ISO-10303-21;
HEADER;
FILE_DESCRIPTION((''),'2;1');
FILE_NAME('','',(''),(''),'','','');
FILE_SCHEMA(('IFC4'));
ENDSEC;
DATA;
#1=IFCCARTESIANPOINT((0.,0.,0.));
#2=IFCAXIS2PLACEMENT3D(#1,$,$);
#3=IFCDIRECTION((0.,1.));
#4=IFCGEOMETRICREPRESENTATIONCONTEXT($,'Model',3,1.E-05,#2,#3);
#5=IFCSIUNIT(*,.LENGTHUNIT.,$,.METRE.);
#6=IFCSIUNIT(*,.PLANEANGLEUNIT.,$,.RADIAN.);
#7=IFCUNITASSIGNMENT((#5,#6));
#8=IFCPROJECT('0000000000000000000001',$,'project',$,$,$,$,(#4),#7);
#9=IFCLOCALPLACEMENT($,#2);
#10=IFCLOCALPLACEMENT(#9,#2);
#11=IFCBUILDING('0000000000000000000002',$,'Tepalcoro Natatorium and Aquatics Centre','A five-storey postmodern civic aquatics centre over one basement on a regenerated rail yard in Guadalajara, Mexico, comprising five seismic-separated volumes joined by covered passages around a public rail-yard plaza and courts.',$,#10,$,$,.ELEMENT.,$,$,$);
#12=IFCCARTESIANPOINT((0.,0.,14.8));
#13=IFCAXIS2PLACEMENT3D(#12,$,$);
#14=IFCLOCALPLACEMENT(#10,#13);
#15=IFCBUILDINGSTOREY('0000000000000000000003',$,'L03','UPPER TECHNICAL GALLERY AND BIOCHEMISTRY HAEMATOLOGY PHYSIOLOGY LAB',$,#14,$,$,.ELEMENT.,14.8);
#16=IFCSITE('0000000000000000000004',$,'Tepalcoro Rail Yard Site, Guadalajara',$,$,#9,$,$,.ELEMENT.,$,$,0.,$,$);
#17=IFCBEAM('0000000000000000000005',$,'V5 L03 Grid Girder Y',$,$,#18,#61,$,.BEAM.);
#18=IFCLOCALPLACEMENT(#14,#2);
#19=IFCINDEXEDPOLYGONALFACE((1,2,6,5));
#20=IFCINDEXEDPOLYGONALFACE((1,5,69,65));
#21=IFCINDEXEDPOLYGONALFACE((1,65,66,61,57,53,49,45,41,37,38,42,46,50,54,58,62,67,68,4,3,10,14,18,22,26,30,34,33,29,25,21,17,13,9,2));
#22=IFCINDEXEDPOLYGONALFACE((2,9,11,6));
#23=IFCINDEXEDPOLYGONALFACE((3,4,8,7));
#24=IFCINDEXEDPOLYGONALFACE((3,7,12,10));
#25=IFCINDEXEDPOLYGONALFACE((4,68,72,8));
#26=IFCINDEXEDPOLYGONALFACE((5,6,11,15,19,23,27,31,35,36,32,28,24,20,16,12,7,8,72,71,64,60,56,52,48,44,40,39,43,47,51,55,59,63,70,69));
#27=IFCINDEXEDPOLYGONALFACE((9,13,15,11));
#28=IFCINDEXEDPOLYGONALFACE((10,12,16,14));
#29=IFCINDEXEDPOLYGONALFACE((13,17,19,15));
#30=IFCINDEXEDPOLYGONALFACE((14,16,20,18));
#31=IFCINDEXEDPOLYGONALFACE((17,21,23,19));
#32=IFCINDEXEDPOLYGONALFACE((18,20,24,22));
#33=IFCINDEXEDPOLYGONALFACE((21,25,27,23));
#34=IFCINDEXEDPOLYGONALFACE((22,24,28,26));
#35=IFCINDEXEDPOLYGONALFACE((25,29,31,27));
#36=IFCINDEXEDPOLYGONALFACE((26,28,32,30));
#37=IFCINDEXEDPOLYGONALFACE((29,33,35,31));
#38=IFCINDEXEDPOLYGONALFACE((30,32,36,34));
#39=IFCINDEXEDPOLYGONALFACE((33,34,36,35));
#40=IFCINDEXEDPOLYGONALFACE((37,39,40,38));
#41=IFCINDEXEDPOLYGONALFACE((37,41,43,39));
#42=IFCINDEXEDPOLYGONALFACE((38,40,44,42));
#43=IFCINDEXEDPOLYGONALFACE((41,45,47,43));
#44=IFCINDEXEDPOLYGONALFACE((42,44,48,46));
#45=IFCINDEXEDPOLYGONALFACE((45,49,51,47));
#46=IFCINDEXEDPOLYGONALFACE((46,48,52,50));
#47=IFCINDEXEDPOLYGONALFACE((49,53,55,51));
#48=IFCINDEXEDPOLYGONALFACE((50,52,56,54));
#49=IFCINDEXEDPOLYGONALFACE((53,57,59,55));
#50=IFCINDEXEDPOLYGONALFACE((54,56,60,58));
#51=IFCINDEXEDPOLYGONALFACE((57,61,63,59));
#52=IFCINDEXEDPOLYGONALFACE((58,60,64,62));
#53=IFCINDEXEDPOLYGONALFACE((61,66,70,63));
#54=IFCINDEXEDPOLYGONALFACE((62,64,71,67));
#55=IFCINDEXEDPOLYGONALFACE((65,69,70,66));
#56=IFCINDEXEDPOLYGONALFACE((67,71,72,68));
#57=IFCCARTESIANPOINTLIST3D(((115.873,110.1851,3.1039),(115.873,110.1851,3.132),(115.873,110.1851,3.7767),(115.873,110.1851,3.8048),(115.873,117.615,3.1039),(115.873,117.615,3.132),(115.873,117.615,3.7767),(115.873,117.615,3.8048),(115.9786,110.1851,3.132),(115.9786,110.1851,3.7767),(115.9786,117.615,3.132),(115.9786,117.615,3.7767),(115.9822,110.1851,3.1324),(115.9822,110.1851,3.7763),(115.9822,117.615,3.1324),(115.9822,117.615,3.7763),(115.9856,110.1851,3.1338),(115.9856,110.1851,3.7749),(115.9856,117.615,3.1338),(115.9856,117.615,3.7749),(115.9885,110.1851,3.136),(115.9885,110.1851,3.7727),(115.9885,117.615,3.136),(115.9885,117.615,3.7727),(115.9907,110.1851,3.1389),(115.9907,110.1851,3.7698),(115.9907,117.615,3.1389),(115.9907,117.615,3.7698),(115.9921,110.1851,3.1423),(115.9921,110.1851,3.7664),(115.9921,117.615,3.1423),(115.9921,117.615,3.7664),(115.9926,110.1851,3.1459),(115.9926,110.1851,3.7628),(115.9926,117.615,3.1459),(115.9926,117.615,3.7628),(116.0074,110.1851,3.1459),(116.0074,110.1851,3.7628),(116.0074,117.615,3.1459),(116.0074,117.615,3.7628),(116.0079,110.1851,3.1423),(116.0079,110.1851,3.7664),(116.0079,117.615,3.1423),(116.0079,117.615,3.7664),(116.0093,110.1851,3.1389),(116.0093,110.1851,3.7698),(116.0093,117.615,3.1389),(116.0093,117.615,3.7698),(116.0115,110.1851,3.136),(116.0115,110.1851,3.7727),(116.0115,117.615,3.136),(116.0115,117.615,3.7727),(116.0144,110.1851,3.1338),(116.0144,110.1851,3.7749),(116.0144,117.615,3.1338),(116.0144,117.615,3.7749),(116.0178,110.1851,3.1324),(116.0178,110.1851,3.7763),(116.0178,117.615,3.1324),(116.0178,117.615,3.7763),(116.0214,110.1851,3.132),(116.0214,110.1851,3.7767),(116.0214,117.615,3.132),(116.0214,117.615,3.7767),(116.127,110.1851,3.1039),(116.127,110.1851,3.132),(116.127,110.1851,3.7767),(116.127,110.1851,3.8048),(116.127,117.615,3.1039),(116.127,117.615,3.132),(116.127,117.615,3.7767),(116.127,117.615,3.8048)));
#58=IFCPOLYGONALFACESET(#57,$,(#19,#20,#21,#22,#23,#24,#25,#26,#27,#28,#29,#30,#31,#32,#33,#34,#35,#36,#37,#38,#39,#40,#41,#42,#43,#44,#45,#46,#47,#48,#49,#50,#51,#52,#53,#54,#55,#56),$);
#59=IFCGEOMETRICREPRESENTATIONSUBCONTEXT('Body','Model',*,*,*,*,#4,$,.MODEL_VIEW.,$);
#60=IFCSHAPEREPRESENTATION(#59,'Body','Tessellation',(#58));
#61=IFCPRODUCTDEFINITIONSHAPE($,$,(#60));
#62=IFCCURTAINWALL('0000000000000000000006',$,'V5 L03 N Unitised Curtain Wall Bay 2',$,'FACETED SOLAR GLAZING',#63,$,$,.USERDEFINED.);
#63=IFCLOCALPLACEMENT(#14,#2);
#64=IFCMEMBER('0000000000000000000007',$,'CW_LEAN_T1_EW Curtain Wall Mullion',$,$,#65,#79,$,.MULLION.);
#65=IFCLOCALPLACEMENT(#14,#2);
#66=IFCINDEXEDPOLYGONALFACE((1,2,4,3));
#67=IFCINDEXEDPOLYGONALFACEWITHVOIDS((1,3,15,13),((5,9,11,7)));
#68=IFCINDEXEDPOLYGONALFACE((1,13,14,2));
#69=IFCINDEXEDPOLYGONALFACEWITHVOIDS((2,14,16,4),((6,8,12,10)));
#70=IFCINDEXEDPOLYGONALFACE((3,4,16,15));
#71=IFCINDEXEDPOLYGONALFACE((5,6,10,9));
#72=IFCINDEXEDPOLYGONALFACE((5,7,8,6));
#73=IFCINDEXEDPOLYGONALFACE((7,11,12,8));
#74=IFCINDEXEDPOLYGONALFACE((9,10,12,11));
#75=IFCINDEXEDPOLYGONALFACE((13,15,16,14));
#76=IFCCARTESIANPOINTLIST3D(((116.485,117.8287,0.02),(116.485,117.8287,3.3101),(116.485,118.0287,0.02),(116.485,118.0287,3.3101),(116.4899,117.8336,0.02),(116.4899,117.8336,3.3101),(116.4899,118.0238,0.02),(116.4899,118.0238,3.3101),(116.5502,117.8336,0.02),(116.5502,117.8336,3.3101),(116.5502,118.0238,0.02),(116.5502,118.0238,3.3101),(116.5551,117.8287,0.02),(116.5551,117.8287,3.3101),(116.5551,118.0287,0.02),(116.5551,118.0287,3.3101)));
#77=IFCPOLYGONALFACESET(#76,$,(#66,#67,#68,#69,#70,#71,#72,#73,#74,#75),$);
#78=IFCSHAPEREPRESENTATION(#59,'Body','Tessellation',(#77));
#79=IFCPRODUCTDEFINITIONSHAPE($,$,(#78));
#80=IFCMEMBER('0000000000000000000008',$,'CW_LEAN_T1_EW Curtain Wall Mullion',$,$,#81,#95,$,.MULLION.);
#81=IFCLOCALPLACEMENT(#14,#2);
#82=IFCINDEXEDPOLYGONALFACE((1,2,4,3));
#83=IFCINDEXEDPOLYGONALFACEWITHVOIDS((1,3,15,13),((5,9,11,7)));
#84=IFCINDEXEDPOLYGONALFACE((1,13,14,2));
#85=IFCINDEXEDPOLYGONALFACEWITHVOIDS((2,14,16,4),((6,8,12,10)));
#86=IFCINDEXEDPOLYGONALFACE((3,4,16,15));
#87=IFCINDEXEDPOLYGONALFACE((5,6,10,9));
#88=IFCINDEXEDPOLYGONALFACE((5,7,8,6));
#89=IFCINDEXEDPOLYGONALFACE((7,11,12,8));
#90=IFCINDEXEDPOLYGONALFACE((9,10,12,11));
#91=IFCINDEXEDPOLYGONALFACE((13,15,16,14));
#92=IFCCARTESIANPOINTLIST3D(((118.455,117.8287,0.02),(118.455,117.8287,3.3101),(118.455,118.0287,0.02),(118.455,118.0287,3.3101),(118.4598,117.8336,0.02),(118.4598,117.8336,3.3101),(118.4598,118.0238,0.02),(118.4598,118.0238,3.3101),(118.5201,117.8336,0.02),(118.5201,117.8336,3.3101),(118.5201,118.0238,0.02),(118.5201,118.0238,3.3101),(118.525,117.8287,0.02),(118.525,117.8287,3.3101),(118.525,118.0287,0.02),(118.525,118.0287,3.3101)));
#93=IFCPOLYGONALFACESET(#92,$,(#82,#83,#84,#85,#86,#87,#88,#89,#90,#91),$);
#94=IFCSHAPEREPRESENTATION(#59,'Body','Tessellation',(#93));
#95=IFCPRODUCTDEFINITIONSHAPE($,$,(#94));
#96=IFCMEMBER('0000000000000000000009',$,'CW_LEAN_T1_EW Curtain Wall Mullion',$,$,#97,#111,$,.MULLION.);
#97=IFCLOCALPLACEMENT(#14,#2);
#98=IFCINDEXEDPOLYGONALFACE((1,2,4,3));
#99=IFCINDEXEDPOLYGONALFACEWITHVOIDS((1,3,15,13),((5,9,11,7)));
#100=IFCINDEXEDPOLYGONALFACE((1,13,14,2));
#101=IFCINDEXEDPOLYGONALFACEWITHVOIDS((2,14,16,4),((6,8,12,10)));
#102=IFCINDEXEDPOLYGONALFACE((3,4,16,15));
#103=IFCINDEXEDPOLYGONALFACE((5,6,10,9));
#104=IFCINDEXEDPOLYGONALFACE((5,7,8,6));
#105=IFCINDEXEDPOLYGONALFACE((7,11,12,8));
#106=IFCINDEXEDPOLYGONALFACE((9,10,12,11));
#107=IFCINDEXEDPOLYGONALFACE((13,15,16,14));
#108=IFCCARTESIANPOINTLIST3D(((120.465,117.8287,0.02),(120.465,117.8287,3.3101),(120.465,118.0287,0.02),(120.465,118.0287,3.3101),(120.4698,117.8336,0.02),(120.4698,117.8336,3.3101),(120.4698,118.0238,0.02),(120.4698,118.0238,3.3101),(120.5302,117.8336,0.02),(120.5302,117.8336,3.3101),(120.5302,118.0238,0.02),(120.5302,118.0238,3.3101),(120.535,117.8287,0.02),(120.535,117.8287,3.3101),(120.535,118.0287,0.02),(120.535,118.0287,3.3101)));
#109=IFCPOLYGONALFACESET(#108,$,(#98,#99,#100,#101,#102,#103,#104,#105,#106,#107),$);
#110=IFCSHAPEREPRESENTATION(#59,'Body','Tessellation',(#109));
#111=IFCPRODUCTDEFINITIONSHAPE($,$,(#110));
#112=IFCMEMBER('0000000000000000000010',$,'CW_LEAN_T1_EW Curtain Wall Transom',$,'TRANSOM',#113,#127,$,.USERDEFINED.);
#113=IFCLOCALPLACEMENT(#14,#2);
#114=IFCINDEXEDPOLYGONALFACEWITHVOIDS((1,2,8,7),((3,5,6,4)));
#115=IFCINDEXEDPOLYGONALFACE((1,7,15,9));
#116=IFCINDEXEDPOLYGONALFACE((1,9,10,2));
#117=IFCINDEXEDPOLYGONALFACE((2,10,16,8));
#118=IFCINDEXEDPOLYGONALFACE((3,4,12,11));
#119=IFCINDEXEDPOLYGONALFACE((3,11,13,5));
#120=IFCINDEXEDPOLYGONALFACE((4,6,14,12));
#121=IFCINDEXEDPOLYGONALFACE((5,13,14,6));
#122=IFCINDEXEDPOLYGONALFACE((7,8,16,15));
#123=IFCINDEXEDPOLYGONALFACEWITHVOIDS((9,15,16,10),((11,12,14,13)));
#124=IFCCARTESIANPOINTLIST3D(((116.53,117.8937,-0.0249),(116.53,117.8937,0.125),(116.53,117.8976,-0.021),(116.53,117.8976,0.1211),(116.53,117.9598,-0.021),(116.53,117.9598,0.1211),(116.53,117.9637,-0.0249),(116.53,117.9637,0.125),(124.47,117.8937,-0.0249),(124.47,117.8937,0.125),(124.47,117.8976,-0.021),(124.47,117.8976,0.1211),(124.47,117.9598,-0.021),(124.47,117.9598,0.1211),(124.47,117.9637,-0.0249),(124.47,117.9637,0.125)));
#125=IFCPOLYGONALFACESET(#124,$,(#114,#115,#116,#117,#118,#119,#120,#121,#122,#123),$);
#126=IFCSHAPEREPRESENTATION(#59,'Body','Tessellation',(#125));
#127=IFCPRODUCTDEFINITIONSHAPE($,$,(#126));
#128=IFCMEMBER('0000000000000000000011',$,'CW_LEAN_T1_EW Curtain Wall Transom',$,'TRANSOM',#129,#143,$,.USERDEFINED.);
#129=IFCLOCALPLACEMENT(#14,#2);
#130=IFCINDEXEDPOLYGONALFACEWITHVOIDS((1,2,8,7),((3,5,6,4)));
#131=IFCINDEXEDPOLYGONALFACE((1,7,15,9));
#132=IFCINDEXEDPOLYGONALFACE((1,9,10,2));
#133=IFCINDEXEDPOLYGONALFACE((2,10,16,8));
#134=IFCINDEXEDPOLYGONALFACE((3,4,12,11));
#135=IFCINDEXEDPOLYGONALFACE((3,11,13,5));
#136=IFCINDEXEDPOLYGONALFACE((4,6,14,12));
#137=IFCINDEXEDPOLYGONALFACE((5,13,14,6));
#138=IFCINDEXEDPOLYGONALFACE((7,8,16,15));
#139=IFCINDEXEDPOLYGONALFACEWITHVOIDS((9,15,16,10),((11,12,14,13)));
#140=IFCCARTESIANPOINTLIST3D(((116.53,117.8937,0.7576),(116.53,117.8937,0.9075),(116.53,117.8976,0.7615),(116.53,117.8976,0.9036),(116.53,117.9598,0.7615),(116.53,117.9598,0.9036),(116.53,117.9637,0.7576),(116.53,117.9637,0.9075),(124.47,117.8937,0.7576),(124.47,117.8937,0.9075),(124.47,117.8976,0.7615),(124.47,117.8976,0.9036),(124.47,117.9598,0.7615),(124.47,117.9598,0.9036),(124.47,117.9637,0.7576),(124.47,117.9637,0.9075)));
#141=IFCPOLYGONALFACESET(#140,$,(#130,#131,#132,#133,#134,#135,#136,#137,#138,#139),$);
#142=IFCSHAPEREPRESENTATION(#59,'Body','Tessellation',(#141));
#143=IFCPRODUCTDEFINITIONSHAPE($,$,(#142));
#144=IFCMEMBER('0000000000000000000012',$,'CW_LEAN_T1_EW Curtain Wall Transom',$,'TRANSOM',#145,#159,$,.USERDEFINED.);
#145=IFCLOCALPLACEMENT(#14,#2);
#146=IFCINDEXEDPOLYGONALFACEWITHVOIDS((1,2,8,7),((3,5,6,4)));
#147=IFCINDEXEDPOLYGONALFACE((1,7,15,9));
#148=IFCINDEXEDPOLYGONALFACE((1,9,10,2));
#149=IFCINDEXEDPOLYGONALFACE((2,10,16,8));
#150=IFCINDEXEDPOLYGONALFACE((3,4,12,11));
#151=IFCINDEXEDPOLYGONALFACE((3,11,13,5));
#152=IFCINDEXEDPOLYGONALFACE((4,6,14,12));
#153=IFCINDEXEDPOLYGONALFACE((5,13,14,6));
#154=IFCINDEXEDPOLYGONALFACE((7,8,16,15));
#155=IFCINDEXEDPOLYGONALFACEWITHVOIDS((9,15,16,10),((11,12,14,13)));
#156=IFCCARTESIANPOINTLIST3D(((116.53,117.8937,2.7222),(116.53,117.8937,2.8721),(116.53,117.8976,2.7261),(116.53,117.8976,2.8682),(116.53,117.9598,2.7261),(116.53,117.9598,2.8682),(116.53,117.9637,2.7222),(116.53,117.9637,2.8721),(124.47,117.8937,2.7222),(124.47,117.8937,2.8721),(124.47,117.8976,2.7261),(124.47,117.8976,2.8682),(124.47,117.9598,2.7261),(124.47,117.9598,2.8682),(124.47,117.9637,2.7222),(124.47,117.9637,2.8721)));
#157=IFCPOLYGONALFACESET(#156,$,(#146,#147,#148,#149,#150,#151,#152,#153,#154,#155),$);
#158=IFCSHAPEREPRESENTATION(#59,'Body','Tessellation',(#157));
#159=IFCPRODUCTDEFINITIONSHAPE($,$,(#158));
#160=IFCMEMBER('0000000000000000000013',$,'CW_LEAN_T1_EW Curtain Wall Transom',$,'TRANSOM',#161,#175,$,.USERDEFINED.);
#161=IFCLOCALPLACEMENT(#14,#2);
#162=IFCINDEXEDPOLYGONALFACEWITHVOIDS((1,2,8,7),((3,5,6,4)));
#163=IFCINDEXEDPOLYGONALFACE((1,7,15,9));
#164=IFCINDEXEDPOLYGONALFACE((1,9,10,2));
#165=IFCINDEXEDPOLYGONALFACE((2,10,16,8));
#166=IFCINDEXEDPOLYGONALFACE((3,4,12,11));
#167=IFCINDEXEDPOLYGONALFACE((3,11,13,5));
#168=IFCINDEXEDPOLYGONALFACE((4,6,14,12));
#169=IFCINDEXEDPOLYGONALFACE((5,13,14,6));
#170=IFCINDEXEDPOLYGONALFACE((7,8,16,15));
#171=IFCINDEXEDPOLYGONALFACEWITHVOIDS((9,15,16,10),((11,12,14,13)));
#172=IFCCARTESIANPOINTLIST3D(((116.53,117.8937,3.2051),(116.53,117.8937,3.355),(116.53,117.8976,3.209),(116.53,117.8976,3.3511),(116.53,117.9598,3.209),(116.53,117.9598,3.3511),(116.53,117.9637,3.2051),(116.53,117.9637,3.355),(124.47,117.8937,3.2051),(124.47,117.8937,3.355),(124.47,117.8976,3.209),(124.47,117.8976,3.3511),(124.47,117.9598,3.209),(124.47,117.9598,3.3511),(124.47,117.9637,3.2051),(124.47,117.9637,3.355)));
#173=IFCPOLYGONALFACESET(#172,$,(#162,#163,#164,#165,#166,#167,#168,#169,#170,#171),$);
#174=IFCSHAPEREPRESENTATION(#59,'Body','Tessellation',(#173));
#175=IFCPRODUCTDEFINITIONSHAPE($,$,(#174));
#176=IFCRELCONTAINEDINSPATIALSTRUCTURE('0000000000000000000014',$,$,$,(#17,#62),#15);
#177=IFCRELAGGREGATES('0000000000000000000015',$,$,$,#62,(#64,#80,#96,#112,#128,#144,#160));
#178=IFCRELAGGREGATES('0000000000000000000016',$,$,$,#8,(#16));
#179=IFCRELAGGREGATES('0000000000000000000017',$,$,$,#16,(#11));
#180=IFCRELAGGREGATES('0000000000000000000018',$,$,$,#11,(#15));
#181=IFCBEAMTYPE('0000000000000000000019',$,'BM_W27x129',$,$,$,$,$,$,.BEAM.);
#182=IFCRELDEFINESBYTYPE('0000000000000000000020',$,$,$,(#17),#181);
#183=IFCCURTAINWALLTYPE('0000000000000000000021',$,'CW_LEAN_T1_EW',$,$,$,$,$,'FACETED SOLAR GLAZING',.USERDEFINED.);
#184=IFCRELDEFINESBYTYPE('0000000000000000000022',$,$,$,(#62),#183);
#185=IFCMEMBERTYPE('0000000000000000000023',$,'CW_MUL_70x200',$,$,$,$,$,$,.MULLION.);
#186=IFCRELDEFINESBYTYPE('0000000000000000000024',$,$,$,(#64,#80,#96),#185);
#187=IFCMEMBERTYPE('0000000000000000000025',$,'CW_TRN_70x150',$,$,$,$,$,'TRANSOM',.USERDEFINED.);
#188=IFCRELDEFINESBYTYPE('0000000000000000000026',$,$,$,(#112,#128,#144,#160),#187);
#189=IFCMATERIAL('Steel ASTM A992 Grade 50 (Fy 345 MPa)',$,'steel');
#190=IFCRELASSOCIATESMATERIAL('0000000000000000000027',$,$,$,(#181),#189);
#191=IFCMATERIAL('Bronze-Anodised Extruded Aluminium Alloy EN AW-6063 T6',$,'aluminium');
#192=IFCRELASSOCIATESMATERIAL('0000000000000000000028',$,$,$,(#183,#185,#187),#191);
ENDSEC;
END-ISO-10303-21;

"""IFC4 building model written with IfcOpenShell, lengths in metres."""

from ifc_helpers import new_model, si_unit, direction, frame, origin, origin_2d, place, context, subcontext, project, spatial, hollow_rectangle, i_section, extrude, material, material_profile, profile_set, type_object, element, aggregate, save


model = new_model("IFC4")

# Units and contexts
model_context = context("Model", 3, precision=1e-05, world=origin(), true_north=direction((0.0, 1.0)))
body_context = subcontext(model_context, "Body", "Model", "MODEL_VIEW")
ifc_project = project(units=[si_unit("LENGTHUNIT", "METRE"), si_unit("PLANEANGLEUNIT", "RADIAN")], contexts=[model_context])

# Site, building, storey
site_placement = place(None, origin())
site = spatial("IfcSite", under=ifc_project, at=site_placement, Name="Tepalcoro Rail Yard Site, Guadalajara", CompositionType="ELEMENT", RefElevation=0.0)
building_placement = place(site_placement, origin())
building = spatial("IfcBuilding", under=site, at=building_placement, Name="Tepalcoro Natatorium and Aquatics Centre", Description="A five-storey postmodern civic aquatics centre over one basement on a regenerated rail yard in Guadalajara, Mexico, comprising five seismic-separated volumes joined by covered passages around a public rail-yard plaza and courts.", CompositionType="ELEMENT")
storey_placement = place(building_placement, frame((0.0, 0.0, 14.8)))
storey = spatial("IfcBuildingStorey", under=building, at=storey_placement, Name="L03", Description="UPPER TECHNICAL GALLERY AND BIOCHEMISTRY HAEMATOLOGY PHYSIOLOGY LAB", CompositionType="ELEMENT", Elevation=14.8)

# Beam
ifc_material_1 = material(Name="Steel ASTM A992 Grade 50 (Fy 345 MPa)", Category="steel")
ifc_material_profile_1 = material_profile(ifc_material_1, i_section(OverallWidth=0.2539, OverallDepth=0.7009, WebThickness=0.0149, FlangeThickness=0.0281, FilletRadius=0.0139, at=origin_2d()), Name="W27X129")
ifc_profile_set_1 = profile_set([ifc_material_profile_1], Name="Steel ASTM A992 Grade 50 (Fy 345 MPa)")
beam_type_1 = type_object("IfcBeamType", Name="BM_W27x129", PredefinedType="BEAM", material=ifc_profile_set_1)
beam_1_placement = place(storey_placement, frame((116.0, 110.1851, 3.4543), z_axis=(0.0, 1.0, 0.0), x_axis=(-1.0, 0.0, 0.0)))
element("IfcBeam", 1, at=beam_1_placement, inside=storey, type_object=beam_type_1, Name="V5 L03 Grid Girder Y", PredefinedType="BEAM", context=body_context, shape_type="SweptSolid", body=[
    extrude(i_section(OverallWidth=0.2539, OverallDepth=0.7009, WebThickness=0.0149, FlangeThickness=0.0281, FilletRadius=0.0139, at=origin_2d()), origin(), (0.0, 0.0, 1.0), 7.4299),
])

# Curtain wall, members
ifc_material_2 = material(Name="Bronze-Anodised Extruded Aluminium Alloy EN AW-6063 T6", Category="aluminium")
curtain_wall_type = type_object("IfcCurtainWallType", Name="CW_LEAN_T1_EW", ElementType="FACETED SOLAR GLAZING", PredefinedType="USERDEFINED", material=ifc_material_2)
curtain_wall_placement = place(storey_placement, origin())
curtain_wall = element("IfcCurtainWall", 2, at=curtain_wall_placement, inside=storey, type_object=curtain_wall_type, Name="V5 L03 N Unitised Curtain Wall Bay 2", ObjectType="FACETED SOLAR GLAZING", PredefinedType="USERDEFINED")
ifc_material_profile_2 = material_profile(ifc_material_2, hollow_rectangle(XDim=0.0701, YDim=0.2, WallThickness=0.0049, at=origin_2d()), Name="AL70X200X5")
ifc_profile_set_2 = profile_set([ifc_material_profile_2], Name="Bronze-Anodised Extruded Aluminium Alloy EN AW-6063 T6")
member_type_1 = type_object("IfcMemberType", Name="CW_MUL_70x200", PredefinedType="MULLION", material=ifc_profile_set_2)
member_1_placement = place(storey_placement, frame((116.52, 117.9287, 0.02), z_axis=(0.0, 0.0, 1.0), x_axis=(1.0, 0.0, 0.0)))
member_1 = element("IfcMember", 3, at=member_1_placement, type_object=member_type_1, Name="CW_LEAN_T1_EW Curtain Wall Mullion", PredefinedType="MULLION", context=body_context, shape_type="SweptSolid", body=[
    extrude(hollow_rectangle(XDim=0.0701, YDim=0.2, WallThickness=0.0049, at=origin_2d()), origin(), (0.0, 0.0, 1.0), 3.29),
])
member_2_placement = place(storey_placement, frame((118.49, 117.9287, 0.02), z_axis=(0.0, 0.0, 1.0), x_axis=(1.0, 0.0, 0.0)))
member_2 = element("IfcMember", 4, at=member_2_placement, type_object=member_type_1, Name="CW_LEAN_T1_EW Curtain Wall Mullion", PredefinedType="MULLION", context=body_context, shape_type="SweptSolid", body=[
    extrude(hollow_rectangle(XDim=0.0701, YDim=0.2, WallThickness=0.0049, at=origin_2d()), origin(), (0.0, 0.0, 1.0), 3.29),
])
member_3_placement = place(storey_placement, frame((120.5, 117.9287, 0.02), z_axis=(0.0, 0.0, 1.0), x_axis=(1.0, 0.0, 0.0)))
member_3 = element("IfcMember", 5, at=member_3_placement, type_object=member_type_1, Name="CW_LEAN_T1_EW Curtain Wall Mullion", PredefinedType="MULLION", context=body_context, shape_type="SweptSolid", body=[
    extrude(hollow_rectangle(XDim=0.0701, YDim=0.2, WallThickness=0.0049, at=origin_2d()), origin(), (0.0, 0.0, 1.0), 3.29),
])
ifc_material_profile_3 = material_profile(ifc_material_2, hollow_rectangle(XDim=0.0701, YDim=0.1499, WallThickness=0.0039, at=origin_2d()), Name="AL70X150X4")
ifc_profile_set_3 = profile_set([ifc_material_profile_3], Name="Bronze-Anodised Extruded Aluminium Alloy EN AW-6063 T6")
member_type_2 = type_object("IfcMemberType", Name="CW_TRN_70x150", ElementType="TRANSOM", PredefinedType="USERDEFINED", material=ifc_profile_set_3)
member_4_placement = place(storey_placement, frame((116.53, 117.9287, 0.05), z_axis=(1.0, 0.0, 0.0), x_axis=(0.0, 1.0, 0.0)))
member_4 = element("IfcMember", 6, at=member_4_placement, type_object=member_type_2, Name="CW_LEAN_T1_EW Curtain Wall Transom", ObjectType="TRANSOM", PredefinedType="USERDEFINED", context=body_context, shape_type="SweptSolid", body=[
    extrude(hollow_rectangle(XDim=0.0701, YDim=0.1499, WallThickness=0.0039, at=origin_2d()), origin(), (0.0, 0.0, 1.0), 7.9399),
])
member_5_placement = place(storey_placement, frame((116.53, 117.9287, 0.8325), z_axis=(1.0, 0.0, 0.0), x_axis=(0.0, 1.0, 0.0)))
member_5 = element("IfcMember", 7, at=member_5_placement, type_object=member_type_2, Name="CW_LEAN_T1_EW Curtain Wall Transom", ObjectType="TRANSOM", PredefinedType="USERDEFINED", context=body_context, shape_type="SweptSolid", body=[
    extrude(hollow_rectangle(XDim=0.0701, YDim=0.1499, WallThickness=0.0039, at=origin_2d()), origin(), (0.0, 0.0, 1.0), 7.9399),
])
member_6_placement = place(storey_placement, frame((116.53, 117.9287, 2.7971), z_axis=(1.0, 0.0, 0.0), x_axis=(0.0, 1.0, 0.0)))
member_6 = element("IfcMember", 8, at=member_6_placement, type_object=member_type_2, Name="CW_LEAN_T1_EW Curtain Wall Transom", ObjectType="TRANSOM", PredefinedType="USERDEFINED", context=body_context, shape_type="SweptSolid", body=[
    extrude(hollow_rectangle(XDim=0.0701, YDim=0.1499, WallThickness=0.0039, at=origin_2d()), origin(), (0.0, 0.0, 1.0), 7.9399),
])
member_7_placement = place(storey_placement, frame((116.53, 117.9287, 3.28), z_axis=(1.0, 0.0, 0.0), x_axis=(0.0, 1.0, 0.0)))
member_7 = element("IfcMember", 9, at=member_7_placement, type_object=member_type_2, Name="CW_LEAN_T1_EW Curtain Wall Transom", ObjectType="TRANSOM", PredefinedType="USERDEFINED", context=body_context, shape_type="SweptSolid", body=[
    extrude(hollow_rectangle(XDim=0.0701, YDim=0.1499, WallThickness=0.0039, at=origin_2d()), origin(), (0.0, 0.0, 1.0), 7.9399),
])

aggregate(curtain_wall, [member_1, member_2, member_3, member_4, member_5, member_6, member_7])

save(model, "model.ifc")
